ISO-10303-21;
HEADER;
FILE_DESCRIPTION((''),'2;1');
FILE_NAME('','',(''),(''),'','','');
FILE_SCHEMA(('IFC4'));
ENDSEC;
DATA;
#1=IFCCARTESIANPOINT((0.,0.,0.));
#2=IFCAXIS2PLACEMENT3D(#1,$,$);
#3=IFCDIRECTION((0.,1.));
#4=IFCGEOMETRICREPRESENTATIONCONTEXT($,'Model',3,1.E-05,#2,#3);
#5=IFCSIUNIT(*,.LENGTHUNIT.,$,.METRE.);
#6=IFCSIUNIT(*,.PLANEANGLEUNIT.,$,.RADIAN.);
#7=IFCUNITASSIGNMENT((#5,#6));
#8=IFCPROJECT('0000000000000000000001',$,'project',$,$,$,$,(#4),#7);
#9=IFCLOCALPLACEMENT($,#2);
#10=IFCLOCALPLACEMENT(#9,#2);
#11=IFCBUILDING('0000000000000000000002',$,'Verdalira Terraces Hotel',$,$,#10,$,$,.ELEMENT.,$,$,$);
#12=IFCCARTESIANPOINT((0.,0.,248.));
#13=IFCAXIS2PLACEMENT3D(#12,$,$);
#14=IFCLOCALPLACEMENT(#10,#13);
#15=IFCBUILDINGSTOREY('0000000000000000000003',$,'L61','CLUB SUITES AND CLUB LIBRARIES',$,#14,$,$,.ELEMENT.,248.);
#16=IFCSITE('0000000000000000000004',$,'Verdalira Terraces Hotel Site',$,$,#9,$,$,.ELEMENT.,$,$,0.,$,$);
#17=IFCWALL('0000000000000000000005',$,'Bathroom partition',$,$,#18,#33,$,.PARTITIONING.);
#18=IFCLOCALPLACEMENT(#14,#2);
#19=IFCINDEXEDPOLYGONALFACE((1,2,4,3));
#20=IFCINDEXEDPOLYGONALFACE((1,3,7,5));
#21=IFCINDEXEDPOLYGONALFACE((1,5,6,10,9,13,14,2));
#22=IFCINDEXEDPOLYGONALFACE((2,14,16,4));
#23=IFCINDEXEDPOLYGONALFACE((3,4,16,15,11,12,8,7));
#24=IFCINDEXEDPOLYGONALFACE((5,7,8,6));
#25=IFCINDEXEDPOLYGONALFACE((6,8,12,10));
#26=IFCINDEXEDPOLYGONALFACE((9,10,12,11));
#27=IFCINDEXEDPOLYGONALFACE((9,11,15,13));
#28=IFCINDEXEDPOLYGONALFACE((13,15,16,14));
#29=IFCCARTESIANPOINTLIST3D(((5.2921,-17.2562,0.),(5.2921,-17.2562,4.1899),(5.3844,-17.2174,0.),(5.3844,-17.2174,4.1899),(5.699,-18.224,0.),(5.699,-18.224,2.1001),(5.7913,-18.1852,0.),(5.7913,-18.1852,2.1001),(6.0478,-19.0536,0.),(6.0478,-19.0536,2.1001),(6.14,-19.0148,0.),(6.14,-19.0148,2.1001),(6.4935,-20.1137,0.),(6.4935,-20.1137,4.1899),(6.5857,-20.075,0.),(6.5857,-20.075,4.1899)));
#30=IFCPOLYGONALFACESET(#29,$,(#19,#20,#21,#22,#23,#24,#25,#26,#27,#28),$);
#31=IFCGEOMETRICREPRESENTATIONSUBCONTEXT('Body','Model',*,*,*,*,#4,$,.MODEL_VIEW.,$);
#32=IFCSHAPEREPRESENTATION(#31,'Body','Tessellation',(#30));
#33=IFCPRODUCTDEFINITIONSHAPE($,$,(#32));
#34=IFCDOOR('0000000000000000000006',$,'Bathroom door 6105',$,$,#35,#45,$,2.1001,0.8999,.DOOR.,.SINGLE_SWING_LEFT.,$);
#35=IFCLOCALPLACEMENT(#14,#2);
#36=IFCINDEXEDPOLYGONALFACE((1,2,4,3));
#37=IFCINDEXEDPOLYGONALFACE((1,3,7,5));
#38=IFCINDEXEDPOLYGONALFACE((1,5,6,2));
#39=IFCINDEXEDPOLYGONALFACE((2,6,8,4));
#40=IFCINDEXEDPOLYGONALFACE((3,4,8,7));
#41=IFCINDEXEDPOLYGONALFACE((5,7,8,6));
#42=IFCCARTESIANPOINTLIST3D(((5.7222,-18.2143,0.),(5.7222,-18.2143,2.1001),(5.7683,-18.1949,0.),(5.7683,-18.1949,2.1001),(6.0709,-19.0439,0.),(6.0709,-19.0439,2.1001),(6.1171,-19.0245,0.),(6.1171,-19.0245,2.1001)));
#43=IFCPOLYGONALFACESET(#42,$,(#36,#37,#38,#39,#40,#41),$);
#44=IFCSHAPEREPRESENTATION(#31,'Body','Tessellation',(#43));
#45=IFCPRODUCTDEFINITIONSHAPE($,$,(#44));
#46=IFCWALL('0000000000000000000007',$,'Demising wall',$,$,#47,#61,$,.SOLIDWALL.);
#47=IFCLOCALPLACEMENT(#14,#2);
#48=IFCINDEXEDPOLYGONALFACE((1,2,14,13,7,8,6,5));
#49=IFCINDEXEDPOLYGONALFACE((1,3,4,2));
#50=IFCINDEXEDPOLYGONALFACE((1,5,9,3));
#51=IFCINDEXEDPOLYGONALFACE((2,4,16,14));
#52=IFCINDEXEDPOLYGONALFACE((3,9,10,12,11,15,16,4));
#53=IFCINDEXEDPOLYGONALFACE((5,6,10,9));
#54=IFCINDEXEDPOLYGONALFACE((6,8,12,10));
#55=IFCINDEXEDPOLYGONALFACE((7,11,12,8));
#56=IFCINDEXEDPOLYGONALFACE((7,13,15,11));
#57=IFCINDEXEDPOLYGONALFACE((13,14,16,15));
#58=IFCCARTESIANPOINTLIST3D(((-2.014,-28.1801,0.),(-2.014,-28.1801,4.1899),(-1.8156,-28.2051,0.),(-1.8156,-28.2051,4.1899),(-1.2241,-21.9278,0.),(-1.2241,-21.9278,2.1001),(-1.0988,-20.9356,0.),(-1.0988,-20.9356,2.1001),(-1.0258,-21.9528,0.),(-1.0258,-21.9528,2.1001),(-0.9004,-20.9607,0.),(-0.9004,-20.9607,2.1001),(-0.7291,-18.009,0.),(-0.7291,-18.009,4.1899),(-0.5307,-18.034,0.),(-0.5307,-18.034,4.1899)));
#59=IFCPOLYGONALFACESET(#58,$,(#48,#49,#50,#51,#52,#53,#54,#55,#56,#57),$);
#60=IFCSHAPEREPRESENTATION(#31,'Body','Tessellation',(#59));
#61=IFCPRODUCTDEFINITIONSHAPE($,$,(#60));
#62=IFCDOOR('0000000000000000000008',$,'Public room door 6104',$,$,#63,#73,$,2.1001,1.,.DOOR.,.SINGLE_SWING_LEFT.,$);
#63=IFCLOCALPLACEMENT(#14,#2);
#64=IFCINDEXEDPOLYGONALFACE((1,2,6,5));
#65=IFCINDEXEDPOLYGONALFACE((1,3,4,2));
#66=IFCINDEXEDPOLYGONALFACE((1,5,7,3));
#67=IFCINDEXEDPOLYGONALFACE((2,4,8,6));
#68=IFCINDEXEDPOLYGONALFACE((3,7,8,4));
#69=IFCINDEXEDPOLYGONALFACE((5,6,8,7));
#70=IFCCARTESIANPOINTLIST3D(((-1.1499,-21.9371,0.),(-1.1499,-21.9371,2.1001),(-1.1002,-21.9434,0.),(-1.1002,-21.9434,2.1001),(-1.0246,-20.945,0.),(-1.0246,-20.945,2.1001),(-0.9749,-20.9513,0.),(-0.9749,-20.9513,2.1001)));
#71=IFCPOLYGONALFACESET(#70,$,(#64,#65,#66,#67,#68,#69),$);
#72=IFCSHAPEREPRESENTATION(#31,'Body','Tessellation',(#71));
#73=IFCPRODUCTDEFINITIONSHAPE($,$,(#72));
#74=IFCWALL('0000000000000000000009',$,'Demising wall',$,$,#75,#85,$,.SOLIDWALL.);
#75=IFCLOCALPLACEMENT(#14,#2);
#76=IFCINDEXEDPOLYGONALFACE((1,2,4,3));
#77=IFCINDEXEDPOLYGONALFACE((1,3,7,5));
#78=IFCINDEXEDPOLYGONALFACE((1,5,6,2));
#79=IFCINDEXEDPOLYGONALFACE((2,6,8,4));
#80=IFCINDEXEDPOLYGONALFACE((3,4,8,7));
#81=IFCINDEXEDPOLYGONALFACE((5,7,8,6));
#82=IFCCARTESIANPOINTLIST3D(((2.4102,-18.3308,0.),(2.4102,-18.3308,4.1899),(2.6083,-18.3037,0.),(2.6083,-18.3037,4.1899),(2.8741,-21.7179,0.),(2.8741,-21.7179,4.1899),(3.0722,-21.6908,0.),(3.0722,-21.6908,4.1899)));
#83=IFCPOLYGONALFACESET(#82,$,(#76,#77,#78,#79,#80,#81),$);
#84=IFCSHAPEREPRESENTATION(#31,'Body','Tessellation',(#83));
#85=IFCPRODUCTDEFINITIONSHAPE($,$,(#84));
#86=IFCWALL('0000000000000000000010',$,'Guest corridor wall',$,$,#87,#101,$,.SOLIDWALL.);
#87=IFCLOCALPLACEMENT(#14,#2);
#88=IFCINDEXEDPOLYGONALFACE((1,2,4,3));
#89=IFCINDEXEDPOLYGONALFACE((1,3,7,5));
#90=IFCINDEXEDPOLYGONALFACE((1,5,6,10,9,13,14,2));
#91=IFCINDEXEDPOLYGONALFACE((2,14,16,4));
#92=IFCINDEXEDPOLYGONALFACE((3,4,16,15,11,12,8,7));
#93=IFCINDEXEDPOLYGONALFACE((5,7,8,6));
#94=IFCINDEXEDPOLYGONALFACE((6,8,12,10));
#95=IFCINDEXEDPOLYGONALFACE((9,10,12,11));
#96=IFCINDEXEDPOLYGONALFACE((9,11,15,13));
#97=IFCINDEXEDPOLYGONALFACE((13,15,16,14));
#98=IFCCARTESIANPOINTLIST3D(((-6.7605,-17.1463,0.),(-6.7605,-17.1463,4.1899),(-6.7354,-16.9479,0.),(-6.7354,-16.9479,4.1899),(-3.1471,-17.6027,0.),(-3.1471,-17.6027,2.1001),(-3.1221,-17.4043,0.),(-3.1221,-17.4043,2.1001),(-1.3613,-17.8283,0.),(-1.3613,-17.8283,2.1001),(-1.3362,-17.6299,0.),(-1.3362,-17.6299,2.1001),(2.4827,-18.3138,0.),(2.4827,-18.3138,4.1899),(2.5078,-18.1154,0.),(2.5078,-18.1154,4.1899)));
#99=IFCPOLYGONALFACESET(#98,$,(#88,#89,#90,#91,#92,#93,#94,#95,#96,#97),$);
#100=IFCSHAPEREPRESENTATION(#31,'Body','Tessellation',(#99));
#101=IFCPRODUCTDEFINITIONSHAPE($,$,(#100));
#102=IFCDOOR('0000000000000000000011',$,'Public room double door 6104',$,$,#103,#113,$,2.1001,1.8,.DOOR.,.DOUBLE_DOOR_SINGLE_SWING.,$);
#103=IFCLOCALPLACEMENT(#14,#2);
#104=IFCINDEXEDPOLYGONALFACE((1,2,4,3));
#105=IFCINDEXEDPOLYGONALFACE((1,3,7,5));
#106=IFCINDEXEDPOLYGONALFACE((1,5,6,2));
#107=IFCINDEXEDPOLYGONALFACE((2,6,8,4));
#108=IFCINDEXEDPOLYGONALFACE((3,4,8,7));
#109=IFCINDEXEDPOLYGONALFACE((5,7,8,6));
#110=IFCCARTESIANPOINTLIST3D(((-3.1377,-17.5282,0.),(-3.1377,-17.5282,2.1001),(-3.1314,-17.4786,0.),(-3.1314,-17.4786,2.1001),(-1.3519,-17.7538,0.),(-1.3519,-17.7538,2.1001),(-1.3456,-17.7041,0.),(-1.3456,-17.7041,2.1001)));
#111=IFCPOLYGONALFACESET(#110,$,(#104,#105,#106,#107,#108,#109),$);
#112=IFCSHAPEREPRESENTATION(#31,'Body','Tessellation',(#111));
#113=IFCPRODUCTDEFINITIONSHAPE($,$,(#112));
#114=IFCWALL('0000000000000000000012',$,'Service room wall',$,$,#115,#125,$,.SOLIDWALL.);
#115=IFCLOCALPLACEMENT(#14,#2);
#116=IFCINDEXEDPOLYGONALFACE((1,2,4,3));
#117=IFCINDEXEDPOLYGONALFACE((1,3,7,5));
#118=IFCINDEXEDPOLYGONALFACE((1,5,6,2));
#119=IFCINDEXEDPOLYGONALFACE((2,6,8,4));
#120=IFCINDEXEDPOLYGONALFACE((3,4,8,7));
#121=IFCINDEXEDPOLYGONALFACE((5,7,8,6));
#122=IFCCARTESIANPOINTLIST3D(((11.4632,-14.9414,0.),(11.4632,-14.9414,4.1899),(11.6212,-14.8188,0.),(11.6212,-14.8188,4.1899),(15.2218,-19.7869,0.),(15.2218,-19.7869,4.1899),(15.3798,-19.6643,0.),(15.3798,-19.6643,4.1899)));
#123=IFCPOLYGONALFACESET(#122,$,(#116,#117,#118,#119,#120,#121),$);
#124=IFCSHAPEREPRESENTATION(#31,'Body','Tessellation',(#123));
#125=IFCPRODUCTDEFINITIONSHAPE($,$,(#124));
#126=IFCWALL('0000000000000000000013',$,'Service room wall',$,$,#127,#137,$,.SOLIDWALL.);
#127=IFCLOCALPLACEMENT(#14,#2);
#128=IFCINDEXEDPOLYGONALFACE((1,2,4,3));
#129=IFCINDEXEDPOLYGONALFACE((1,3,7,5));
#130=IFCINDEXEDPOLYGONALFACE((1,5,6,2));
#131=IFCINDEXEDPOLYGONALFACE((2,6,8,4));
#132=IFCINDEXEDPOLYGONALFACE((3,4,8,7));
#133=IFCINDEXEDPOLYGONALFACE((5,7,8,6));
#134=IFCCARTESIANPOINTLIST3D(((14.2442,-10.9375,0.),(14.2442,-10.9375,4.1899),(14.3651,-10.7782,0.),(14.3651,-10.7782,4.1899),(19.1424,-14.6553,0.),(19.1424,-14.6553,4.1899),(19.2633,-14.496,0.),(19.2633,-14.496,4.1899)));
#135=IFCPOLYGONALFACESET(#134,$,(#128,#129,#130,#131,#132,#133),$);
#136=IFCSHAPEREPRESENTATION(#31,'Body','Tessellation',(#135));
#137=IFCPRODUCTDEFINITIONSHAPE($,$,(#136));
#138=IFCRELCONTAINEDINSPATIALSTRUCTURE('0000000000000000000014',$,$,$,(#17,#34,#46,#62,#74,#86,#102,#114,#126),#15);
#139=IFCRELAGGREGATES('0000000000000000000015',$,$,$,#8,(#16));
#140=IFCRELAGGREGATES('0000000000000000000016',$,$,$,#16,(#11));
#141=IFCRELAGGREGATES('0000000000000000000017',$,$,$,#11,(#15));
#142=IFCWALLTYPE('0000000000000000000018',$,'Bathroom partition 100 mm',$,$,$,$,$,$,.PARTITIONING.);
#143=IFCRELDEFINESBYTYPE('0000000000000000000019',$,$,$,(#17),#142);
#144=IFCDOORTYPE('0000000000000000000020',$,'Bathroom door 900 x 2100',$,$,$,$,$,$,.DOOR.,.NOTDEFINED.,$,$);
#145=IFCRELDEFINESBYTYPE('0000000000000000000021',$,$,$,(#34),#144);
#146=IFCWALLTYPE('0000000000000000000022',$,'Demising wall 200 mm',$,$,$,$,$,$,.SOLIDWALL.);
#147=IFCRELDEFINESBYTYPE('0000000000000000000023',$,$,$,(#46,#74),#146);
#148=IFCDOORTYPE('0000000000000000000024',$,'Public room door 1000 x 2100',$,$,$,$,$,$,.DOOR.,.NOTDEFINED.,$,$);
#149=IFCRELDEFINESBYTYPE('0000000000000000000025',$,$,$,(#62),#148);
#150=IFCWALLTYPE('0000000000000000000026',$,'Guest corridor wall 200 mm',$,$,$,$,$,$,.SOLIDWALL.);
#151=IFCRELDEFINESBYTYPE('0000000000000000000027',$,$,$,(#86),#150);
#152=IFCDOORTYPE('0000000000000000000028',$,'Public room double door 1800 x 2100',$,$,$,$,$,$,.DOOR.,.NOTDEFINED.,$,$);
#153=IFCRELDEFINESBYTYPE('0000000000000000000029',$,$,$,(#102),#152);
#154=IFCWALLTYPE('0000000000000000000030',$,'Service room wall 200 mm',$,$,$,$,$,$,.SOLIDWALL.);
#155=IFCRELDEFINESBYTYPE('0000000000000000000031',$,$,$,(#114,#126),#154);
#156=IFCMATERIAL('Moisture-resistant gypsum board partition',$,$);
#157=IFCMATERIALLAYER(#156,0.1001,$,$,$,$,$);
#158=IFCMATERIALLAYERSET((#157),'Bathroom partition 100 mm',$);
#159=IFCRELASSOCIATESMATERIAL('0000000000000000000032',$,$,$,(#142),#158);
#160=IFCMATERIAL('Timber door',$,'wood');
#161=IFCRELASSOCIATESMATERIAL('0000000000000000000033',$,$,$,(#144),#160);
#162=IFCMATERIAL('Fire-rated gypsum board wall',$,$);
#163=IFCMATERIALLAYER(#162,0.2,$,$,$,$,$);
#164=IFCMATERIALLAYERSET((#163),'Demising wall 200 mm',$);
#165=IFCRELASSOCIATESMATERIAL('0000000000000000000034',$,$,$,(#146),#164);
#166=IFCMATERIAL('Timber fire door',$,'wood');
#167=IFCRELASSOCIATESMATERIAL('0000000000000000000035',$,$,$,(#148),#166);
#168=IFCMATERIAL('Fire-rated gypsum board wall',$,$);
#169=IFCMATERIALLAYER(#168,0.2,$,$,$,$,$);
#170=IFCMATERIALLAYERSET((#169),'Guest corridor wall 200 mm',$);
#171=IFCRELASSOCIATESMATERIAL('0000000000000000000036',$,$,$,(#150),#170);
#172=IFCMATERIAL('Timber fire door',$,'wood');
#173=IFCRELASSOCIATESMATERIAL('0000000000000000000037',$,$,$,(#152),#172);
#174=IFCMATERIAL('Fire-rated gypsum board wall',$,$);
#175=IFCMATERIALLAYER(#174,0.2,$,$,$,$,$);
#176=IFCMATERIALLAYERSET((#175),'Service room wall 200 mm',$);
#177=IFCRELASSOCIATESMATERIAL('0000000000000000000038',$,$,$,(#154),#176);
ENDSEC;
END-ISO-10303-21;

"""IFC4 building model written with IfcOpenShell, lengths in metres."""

from ifc_helpers import new_model, si_unit, direction, frame, frame_2d, origin, place, context, subcontext, project, spatial, rectangle, extrude, material, layer, layer_set, type_object, element, fill, save


model = new_model("IFC4")

# Units and contexts
model_context = context("Model", 3, precision=1e-05, world=origin(), true_north=direction((0.0, 1.0)))
body_context = subcontext(model_context, "Body", "Model", "MODEL_VIEW")
ifc_project = project(units=[si_unit("LENGTHUNIT", "METRE"), si_unit("PLANEANGLEUNIT", "RADIAN")], contexts=[model_context])

# Site, building, storey
site_placement = place(None, origin())
site = spatial("IfcSite", under=ifc_project, at=site_placement, Name="Verdalira Terraces Hotel Site", CompositionType="ELEMENT", RefElevation=0.0)
building_placement = place(site_placement, origin())
building = spatial("IfcBuilding", under=site, at=building_placement, Name="Verdalira Terraces Hotel", CompositionType="ELEMENT")
storey_placement = place(building_placement, frame((0.0, 0.0, 248.0)))
storey = spatial("IfcBuildingStorey", under=building, at=storey_placement, Name="L61", Description="CLUB SUITES AND CLUB LIBRARIES", CompositionType="ELEMENT", Elevation=248.0)

# Shared definitions
ifc_material_1 = material(Name="Moisture-resistant gypsum board partition")
ifc_layer_1 = layer(ifc_material_1, 0.1001)
ifc_layer_set_1 = layer_set([ifc_layer_1], Name="Bathroom partition 100 mm")
wall_type_1 = type_object("IfcWallType", Name="Bathroom partition 100 mm", PredefinedType="PARTITIONING", material=ifc_layer_set_1)

# Walls, openings, doors
wall_1_placement = place(storey_placement, frame((6.5396, -20.0942, 0.0), z_axis=(0.0, 0.0, 1.0), x_axis=(-0.38756, 0.921844, 0.0)))
wall_1 = element("IfcWall", 1, at=wall_1_placement, inside=storey, type_object=wall_type_1, Name="Bathroom partition", PredefinedType="PARTITIONING", context=body_context, shape_type="SweptSolid", body=[
    extrude(rectangle(XDim=3.0999, YDim=0.1001, at=frame_2d((1.5498, 0.0))), origin(), (0.0, 0.0, 1.0), 4.1899),
])
opening_1_placement = place(wall_1_placement, frame((1.1499, 0.0, 0.0)))
opening_1 = element("IfcOpeningElement", 2, at=opening_1_placement, cuts=wall_1, PredefinedType="OPENING", context=body_context, shape_type="SweptSolid", body=[
    extrude(rectangle(XDim=0.8999, YDim=2.1001, at=frame_2d((0.45, 1.05))), frame((0.0, 0.0601, 0.0), z_axis=(0.0, -1.0, 0.0), x_axis=(1.0, 0.0, 0.0)), (0.0, 0.0, 1.0), 0.1201),
])
ifc_material_2 = material(Name="Timber door", Category="wood")
door_type_1 = type_object("IfcDoorType", Name="Bathroom door 900 x 2100", OperationType="NOTDEFINED", PredefinedType="DOOR", material=ifc_material_2)
door_1_placement = place(opening_1_placement, origin())
door_1 = element("IfcDoor", 3, at=door_1_placement, inside=storey, type_object=door_type_1, Name="Bathroom door 6105", OperationType="SINGLE_SWING_LEFT", OverallHeight=2.1001, OverallWidth=0.8999, PredefinedType="DOOR", context=body_context, shape_type="SweptSolid", body=[
    extrude(rectangle(XDim=0.8999, YDim=2.1001, at=frame_2d((0.45, 1.05))), frame((0.0, 0.0249, 0.0), z_axis=(0.0, -1.0, 0.0), x_axis=(1.0, 0.0, 0.0)), (0.0, 0.0, 1.0), 0.05),
])
fill(opening_1, door_1)
ifc_material_3 = material(Name="Fire-rated gypsum board wall")
ifc_layer_2 = layer(ifc_material_3, 0.2)
ifc_layer_set_2 = layer_set([ifc_layer_2], Name="Demising wall 200 mm")
wall_type_2 = type_object("IfcWallType", Name="Demising wall 200 mm", PredefinedType="SOLIDWALL", material=ifc_layer_set_2)
wall_2_placement = place(storey_placement, frame((-0.6299, -18.0215, 0.0), z_axis=(0.0, 0.0, 1.0), x_axis=(-0.125333, -0.992115, 0.0)))
wall_2 = element("IfcWall", 4, at=wall_2_placement, inside=storey, type_object=wall_type_2, Name="Demising wall", PredefinedType="SOLIDWALL", context=body_context, shape_type="SweptSolid", body=[
    extrude(rectangle(XDim=10.252, YDim=0.2, at=frame_2d((5.126, 0.0))), origin(), (0.0, 0.0, 1.0), 4.1899),
])
opening_2_placement = place(wall_2_placement, frame((2.95, 0.0, 0.0)))
opening_2 = element("IfcOpeningElement", 5, at=opening_2_placement, cuts=wall_2, PredefinedType="OPENING", context=body_context, shape_type="SweptSolid", body=[
    extrude(rectangle(XDim=1.0, YDim=2.1001, at=frame_2d((0.5, 1.05))), frame((0.0, 0.1099, 0.0), z_axis=(0.0, -1.0, 0.0), x_axis=(1.0, 0.0, 0.0)), (0.0, 0.0, 1.0), 0.22),
])
ifc_material_4 = material(Name="Timber fire door", Category="wood")
door_type_2 = type_object("IfcDoorType", Name="Public room door 1000 x 2100", OperationType="NOTDEFINED", PredefinedType="DOOR", material=ifc_material_4)
door_2_placement = place(opening_2_placement, origin())
door_2 = element("IfcDoor", 6, at=door_2_placement, inside=storey, type_object=door_type_2, Name="Public room door 6104", OperationType="SINGLE_SWING_LEFT", OverallHeight=2.1001, OverallWidth=1.0, PredefinedType="DOOR", context=body_context, shape_type="SweptSolid", body=[
    extrude(rectangle(XDim=1.0, YDim=2.1001, at=frame_2d((0.5, 1.05))), frame((0.0, 0.0249, 0.0), z_axis=(0.0, -1.0, 0.0), x_axis=(1.0, 0.0, 0.0)), (0.0, 0.0, 1.0), 0.05),
])
fill(opening_2, door_2)

# Wall
wall_3_placement = place(storey_placement, frame((2.5093, -18.3171, 0.0), z_axis=(0.0, 0.0, 1.0), x_axis=(0.13569, -0.990751, 0.0)))
element("IfcWall", 7, at=wall_3_placement, inside=storey, type_object=wall_type_2, Name="Demising wall", PredefinedType="SOLIDWALL", context=body_context, shape_type="SweptSolid", body=[
    extrude(rectangle(XDim=3.4187, YDim=0.2, at=frame_2d((1.7095, 0.0))), origin(), (0.0, 0.0, 1.0), 4.1899),
])

# Wall, opening, door
ifc_material_5 = material(Name="Fire-rated gypsum board wall")
ifc_layer_3 = layer(ifc_material_5, 0.2)
ifc_layer_set_3 = layer_set([ifc_layer_3], Name="Guest corridor wall 200 mm")
wall_type_3 = type_object("IfcWallType", Name="Guest corridor wall 200 mm", PredefinedType="SOLIDWALL", material=ifc_layer_set_3)
wall_4_placement = place(storey_placement, frame((2.4951, -18.2146, 0.0), z_axis=(0.0, 0.0, 1.0), x_axis=(-0.992117, 0.125312, 0.0)))
wall_4 = element("IfcWall", 8, at=wall_4_placement, inside=storey, type_object=wall_type_3, Name="Guest corridor wall", PredefinedType="SOLIDWALL", context=body_context, shape_type="SweptSolid", body=[
    extrude(rectangle(XDim=9.3166, YDim=0.2, at=frame_2d((4.6582, 0.0))), origin(), (0.0, 0.0, 1.0), 4.1899),
])
opening_3_placement = place(wall_4_placement, frame((3.8745, 0.0, 0.0)))
opening_3 = element("IfcOpeningElement", 9, at=opening_3_placement, cuts=wall_4, PredefinedType="OPENING", context=body_context, shape_type="SweptSolid", body=[
    extrude(rectangle(XDim=1.8, YDim=2.1001, at=frame_2d((0.8999, 1.05))), frame((0.0, 0.1099, 0.0), z_axis=(0.0, -1.0, 0.0), x_axis=(1.0, 0.0, 0.0)), (0.0, 0.0, 1.0), 0.22),
])
ifc_material_6 = material(Name="Timber fire door", Category="wood")
door_type_3 = type_object("IfcDoorType", Name="Public room double door 1800 x 2100", OperationType="NOTDEFINED", PredefinedType="DOOR", material=ifc_material_6)
door_3_placement = place(opening_3_placement, origin())
door_3 = element("IfcDoor", 10, at=door_3_placement, inside=storey, type_object=door_type_3, Name="Public room double door 6104", OperationType="DOUBLE_DOOR_SINGLE_SWING", OverallHeight=2.1001, OverallWidth=1.8, PredefinedType="DOOR", context=body_context, shape_type="SweptSolid", body=[
    extrude(rectangle(XDim=1.8, YDim=2.1001, at=frame_2d((0.8999, 1.05))), frame((0.0, 0.0249, 0.0), z_axis=(0.0, -1.0, 0.0), x_axis=(1.0, 0.0, 0.0)), (0.0, 0.0, 1.0), 0.05),
])
fill(opening_3, door_3)

# Walls
ifc_material_7 = material(Name="Fire-rated gypsum board wall")
ifc_layer_4 = layer(ifc_material_7, 0.2)
ifc_layer_set_4 = layer_set([ifc_layer_4], Name="Service room wall 200 mm")
wall_type_4 = type_object("IfcWallType", Name="Service room wall 200 mm", PredefinedType="SOLIDWALL", material=ifc_layer_set_4)
wall_5_placement = place(storey_placement, frame((15.3008, -19.7256, 0.0), z_axis=(0.0, 0.0, 1.0), x_axis=(-0.612909, 0.790153, 0.0)))
element("IfcWall", 11, at=wall_5_placement, inside=storey, type_object=wall_type_4, Name="Service room wall", PredefinedType="SOLIDWALL", context=body_context, shape_type="SweptSolid", body=[
    extrude(rectangle(XDim=6.1323, YDim=0.2, at=frame_2d((3.0662, 0.0))), origin(), (0.0, 0.0, 1.0), 4.1899),
])
wall_6_placement = place(storey_placement, frame((19.2029, -14.5757, 0.0), z_axis=(0.0, 0.0, 1.0), x_axis=(-0.796542, 0.604583, 0.0)))
element("IfcWall", 12, at=wall_6_placement, inside=storey, type_object=wall_type_4, Name="Service room wall", PredefinedType="SOLIDWALL", context=body_context, shape_type="SweptSolid", body=[
    extrude(rectangle(XDim=6.1494, YDim=0.2, at=frame_2d((3.0747, 0.0))), origin(), (0.0, 0.0, 1.0), 4.1899),
])

save(model, "model.ifc")
